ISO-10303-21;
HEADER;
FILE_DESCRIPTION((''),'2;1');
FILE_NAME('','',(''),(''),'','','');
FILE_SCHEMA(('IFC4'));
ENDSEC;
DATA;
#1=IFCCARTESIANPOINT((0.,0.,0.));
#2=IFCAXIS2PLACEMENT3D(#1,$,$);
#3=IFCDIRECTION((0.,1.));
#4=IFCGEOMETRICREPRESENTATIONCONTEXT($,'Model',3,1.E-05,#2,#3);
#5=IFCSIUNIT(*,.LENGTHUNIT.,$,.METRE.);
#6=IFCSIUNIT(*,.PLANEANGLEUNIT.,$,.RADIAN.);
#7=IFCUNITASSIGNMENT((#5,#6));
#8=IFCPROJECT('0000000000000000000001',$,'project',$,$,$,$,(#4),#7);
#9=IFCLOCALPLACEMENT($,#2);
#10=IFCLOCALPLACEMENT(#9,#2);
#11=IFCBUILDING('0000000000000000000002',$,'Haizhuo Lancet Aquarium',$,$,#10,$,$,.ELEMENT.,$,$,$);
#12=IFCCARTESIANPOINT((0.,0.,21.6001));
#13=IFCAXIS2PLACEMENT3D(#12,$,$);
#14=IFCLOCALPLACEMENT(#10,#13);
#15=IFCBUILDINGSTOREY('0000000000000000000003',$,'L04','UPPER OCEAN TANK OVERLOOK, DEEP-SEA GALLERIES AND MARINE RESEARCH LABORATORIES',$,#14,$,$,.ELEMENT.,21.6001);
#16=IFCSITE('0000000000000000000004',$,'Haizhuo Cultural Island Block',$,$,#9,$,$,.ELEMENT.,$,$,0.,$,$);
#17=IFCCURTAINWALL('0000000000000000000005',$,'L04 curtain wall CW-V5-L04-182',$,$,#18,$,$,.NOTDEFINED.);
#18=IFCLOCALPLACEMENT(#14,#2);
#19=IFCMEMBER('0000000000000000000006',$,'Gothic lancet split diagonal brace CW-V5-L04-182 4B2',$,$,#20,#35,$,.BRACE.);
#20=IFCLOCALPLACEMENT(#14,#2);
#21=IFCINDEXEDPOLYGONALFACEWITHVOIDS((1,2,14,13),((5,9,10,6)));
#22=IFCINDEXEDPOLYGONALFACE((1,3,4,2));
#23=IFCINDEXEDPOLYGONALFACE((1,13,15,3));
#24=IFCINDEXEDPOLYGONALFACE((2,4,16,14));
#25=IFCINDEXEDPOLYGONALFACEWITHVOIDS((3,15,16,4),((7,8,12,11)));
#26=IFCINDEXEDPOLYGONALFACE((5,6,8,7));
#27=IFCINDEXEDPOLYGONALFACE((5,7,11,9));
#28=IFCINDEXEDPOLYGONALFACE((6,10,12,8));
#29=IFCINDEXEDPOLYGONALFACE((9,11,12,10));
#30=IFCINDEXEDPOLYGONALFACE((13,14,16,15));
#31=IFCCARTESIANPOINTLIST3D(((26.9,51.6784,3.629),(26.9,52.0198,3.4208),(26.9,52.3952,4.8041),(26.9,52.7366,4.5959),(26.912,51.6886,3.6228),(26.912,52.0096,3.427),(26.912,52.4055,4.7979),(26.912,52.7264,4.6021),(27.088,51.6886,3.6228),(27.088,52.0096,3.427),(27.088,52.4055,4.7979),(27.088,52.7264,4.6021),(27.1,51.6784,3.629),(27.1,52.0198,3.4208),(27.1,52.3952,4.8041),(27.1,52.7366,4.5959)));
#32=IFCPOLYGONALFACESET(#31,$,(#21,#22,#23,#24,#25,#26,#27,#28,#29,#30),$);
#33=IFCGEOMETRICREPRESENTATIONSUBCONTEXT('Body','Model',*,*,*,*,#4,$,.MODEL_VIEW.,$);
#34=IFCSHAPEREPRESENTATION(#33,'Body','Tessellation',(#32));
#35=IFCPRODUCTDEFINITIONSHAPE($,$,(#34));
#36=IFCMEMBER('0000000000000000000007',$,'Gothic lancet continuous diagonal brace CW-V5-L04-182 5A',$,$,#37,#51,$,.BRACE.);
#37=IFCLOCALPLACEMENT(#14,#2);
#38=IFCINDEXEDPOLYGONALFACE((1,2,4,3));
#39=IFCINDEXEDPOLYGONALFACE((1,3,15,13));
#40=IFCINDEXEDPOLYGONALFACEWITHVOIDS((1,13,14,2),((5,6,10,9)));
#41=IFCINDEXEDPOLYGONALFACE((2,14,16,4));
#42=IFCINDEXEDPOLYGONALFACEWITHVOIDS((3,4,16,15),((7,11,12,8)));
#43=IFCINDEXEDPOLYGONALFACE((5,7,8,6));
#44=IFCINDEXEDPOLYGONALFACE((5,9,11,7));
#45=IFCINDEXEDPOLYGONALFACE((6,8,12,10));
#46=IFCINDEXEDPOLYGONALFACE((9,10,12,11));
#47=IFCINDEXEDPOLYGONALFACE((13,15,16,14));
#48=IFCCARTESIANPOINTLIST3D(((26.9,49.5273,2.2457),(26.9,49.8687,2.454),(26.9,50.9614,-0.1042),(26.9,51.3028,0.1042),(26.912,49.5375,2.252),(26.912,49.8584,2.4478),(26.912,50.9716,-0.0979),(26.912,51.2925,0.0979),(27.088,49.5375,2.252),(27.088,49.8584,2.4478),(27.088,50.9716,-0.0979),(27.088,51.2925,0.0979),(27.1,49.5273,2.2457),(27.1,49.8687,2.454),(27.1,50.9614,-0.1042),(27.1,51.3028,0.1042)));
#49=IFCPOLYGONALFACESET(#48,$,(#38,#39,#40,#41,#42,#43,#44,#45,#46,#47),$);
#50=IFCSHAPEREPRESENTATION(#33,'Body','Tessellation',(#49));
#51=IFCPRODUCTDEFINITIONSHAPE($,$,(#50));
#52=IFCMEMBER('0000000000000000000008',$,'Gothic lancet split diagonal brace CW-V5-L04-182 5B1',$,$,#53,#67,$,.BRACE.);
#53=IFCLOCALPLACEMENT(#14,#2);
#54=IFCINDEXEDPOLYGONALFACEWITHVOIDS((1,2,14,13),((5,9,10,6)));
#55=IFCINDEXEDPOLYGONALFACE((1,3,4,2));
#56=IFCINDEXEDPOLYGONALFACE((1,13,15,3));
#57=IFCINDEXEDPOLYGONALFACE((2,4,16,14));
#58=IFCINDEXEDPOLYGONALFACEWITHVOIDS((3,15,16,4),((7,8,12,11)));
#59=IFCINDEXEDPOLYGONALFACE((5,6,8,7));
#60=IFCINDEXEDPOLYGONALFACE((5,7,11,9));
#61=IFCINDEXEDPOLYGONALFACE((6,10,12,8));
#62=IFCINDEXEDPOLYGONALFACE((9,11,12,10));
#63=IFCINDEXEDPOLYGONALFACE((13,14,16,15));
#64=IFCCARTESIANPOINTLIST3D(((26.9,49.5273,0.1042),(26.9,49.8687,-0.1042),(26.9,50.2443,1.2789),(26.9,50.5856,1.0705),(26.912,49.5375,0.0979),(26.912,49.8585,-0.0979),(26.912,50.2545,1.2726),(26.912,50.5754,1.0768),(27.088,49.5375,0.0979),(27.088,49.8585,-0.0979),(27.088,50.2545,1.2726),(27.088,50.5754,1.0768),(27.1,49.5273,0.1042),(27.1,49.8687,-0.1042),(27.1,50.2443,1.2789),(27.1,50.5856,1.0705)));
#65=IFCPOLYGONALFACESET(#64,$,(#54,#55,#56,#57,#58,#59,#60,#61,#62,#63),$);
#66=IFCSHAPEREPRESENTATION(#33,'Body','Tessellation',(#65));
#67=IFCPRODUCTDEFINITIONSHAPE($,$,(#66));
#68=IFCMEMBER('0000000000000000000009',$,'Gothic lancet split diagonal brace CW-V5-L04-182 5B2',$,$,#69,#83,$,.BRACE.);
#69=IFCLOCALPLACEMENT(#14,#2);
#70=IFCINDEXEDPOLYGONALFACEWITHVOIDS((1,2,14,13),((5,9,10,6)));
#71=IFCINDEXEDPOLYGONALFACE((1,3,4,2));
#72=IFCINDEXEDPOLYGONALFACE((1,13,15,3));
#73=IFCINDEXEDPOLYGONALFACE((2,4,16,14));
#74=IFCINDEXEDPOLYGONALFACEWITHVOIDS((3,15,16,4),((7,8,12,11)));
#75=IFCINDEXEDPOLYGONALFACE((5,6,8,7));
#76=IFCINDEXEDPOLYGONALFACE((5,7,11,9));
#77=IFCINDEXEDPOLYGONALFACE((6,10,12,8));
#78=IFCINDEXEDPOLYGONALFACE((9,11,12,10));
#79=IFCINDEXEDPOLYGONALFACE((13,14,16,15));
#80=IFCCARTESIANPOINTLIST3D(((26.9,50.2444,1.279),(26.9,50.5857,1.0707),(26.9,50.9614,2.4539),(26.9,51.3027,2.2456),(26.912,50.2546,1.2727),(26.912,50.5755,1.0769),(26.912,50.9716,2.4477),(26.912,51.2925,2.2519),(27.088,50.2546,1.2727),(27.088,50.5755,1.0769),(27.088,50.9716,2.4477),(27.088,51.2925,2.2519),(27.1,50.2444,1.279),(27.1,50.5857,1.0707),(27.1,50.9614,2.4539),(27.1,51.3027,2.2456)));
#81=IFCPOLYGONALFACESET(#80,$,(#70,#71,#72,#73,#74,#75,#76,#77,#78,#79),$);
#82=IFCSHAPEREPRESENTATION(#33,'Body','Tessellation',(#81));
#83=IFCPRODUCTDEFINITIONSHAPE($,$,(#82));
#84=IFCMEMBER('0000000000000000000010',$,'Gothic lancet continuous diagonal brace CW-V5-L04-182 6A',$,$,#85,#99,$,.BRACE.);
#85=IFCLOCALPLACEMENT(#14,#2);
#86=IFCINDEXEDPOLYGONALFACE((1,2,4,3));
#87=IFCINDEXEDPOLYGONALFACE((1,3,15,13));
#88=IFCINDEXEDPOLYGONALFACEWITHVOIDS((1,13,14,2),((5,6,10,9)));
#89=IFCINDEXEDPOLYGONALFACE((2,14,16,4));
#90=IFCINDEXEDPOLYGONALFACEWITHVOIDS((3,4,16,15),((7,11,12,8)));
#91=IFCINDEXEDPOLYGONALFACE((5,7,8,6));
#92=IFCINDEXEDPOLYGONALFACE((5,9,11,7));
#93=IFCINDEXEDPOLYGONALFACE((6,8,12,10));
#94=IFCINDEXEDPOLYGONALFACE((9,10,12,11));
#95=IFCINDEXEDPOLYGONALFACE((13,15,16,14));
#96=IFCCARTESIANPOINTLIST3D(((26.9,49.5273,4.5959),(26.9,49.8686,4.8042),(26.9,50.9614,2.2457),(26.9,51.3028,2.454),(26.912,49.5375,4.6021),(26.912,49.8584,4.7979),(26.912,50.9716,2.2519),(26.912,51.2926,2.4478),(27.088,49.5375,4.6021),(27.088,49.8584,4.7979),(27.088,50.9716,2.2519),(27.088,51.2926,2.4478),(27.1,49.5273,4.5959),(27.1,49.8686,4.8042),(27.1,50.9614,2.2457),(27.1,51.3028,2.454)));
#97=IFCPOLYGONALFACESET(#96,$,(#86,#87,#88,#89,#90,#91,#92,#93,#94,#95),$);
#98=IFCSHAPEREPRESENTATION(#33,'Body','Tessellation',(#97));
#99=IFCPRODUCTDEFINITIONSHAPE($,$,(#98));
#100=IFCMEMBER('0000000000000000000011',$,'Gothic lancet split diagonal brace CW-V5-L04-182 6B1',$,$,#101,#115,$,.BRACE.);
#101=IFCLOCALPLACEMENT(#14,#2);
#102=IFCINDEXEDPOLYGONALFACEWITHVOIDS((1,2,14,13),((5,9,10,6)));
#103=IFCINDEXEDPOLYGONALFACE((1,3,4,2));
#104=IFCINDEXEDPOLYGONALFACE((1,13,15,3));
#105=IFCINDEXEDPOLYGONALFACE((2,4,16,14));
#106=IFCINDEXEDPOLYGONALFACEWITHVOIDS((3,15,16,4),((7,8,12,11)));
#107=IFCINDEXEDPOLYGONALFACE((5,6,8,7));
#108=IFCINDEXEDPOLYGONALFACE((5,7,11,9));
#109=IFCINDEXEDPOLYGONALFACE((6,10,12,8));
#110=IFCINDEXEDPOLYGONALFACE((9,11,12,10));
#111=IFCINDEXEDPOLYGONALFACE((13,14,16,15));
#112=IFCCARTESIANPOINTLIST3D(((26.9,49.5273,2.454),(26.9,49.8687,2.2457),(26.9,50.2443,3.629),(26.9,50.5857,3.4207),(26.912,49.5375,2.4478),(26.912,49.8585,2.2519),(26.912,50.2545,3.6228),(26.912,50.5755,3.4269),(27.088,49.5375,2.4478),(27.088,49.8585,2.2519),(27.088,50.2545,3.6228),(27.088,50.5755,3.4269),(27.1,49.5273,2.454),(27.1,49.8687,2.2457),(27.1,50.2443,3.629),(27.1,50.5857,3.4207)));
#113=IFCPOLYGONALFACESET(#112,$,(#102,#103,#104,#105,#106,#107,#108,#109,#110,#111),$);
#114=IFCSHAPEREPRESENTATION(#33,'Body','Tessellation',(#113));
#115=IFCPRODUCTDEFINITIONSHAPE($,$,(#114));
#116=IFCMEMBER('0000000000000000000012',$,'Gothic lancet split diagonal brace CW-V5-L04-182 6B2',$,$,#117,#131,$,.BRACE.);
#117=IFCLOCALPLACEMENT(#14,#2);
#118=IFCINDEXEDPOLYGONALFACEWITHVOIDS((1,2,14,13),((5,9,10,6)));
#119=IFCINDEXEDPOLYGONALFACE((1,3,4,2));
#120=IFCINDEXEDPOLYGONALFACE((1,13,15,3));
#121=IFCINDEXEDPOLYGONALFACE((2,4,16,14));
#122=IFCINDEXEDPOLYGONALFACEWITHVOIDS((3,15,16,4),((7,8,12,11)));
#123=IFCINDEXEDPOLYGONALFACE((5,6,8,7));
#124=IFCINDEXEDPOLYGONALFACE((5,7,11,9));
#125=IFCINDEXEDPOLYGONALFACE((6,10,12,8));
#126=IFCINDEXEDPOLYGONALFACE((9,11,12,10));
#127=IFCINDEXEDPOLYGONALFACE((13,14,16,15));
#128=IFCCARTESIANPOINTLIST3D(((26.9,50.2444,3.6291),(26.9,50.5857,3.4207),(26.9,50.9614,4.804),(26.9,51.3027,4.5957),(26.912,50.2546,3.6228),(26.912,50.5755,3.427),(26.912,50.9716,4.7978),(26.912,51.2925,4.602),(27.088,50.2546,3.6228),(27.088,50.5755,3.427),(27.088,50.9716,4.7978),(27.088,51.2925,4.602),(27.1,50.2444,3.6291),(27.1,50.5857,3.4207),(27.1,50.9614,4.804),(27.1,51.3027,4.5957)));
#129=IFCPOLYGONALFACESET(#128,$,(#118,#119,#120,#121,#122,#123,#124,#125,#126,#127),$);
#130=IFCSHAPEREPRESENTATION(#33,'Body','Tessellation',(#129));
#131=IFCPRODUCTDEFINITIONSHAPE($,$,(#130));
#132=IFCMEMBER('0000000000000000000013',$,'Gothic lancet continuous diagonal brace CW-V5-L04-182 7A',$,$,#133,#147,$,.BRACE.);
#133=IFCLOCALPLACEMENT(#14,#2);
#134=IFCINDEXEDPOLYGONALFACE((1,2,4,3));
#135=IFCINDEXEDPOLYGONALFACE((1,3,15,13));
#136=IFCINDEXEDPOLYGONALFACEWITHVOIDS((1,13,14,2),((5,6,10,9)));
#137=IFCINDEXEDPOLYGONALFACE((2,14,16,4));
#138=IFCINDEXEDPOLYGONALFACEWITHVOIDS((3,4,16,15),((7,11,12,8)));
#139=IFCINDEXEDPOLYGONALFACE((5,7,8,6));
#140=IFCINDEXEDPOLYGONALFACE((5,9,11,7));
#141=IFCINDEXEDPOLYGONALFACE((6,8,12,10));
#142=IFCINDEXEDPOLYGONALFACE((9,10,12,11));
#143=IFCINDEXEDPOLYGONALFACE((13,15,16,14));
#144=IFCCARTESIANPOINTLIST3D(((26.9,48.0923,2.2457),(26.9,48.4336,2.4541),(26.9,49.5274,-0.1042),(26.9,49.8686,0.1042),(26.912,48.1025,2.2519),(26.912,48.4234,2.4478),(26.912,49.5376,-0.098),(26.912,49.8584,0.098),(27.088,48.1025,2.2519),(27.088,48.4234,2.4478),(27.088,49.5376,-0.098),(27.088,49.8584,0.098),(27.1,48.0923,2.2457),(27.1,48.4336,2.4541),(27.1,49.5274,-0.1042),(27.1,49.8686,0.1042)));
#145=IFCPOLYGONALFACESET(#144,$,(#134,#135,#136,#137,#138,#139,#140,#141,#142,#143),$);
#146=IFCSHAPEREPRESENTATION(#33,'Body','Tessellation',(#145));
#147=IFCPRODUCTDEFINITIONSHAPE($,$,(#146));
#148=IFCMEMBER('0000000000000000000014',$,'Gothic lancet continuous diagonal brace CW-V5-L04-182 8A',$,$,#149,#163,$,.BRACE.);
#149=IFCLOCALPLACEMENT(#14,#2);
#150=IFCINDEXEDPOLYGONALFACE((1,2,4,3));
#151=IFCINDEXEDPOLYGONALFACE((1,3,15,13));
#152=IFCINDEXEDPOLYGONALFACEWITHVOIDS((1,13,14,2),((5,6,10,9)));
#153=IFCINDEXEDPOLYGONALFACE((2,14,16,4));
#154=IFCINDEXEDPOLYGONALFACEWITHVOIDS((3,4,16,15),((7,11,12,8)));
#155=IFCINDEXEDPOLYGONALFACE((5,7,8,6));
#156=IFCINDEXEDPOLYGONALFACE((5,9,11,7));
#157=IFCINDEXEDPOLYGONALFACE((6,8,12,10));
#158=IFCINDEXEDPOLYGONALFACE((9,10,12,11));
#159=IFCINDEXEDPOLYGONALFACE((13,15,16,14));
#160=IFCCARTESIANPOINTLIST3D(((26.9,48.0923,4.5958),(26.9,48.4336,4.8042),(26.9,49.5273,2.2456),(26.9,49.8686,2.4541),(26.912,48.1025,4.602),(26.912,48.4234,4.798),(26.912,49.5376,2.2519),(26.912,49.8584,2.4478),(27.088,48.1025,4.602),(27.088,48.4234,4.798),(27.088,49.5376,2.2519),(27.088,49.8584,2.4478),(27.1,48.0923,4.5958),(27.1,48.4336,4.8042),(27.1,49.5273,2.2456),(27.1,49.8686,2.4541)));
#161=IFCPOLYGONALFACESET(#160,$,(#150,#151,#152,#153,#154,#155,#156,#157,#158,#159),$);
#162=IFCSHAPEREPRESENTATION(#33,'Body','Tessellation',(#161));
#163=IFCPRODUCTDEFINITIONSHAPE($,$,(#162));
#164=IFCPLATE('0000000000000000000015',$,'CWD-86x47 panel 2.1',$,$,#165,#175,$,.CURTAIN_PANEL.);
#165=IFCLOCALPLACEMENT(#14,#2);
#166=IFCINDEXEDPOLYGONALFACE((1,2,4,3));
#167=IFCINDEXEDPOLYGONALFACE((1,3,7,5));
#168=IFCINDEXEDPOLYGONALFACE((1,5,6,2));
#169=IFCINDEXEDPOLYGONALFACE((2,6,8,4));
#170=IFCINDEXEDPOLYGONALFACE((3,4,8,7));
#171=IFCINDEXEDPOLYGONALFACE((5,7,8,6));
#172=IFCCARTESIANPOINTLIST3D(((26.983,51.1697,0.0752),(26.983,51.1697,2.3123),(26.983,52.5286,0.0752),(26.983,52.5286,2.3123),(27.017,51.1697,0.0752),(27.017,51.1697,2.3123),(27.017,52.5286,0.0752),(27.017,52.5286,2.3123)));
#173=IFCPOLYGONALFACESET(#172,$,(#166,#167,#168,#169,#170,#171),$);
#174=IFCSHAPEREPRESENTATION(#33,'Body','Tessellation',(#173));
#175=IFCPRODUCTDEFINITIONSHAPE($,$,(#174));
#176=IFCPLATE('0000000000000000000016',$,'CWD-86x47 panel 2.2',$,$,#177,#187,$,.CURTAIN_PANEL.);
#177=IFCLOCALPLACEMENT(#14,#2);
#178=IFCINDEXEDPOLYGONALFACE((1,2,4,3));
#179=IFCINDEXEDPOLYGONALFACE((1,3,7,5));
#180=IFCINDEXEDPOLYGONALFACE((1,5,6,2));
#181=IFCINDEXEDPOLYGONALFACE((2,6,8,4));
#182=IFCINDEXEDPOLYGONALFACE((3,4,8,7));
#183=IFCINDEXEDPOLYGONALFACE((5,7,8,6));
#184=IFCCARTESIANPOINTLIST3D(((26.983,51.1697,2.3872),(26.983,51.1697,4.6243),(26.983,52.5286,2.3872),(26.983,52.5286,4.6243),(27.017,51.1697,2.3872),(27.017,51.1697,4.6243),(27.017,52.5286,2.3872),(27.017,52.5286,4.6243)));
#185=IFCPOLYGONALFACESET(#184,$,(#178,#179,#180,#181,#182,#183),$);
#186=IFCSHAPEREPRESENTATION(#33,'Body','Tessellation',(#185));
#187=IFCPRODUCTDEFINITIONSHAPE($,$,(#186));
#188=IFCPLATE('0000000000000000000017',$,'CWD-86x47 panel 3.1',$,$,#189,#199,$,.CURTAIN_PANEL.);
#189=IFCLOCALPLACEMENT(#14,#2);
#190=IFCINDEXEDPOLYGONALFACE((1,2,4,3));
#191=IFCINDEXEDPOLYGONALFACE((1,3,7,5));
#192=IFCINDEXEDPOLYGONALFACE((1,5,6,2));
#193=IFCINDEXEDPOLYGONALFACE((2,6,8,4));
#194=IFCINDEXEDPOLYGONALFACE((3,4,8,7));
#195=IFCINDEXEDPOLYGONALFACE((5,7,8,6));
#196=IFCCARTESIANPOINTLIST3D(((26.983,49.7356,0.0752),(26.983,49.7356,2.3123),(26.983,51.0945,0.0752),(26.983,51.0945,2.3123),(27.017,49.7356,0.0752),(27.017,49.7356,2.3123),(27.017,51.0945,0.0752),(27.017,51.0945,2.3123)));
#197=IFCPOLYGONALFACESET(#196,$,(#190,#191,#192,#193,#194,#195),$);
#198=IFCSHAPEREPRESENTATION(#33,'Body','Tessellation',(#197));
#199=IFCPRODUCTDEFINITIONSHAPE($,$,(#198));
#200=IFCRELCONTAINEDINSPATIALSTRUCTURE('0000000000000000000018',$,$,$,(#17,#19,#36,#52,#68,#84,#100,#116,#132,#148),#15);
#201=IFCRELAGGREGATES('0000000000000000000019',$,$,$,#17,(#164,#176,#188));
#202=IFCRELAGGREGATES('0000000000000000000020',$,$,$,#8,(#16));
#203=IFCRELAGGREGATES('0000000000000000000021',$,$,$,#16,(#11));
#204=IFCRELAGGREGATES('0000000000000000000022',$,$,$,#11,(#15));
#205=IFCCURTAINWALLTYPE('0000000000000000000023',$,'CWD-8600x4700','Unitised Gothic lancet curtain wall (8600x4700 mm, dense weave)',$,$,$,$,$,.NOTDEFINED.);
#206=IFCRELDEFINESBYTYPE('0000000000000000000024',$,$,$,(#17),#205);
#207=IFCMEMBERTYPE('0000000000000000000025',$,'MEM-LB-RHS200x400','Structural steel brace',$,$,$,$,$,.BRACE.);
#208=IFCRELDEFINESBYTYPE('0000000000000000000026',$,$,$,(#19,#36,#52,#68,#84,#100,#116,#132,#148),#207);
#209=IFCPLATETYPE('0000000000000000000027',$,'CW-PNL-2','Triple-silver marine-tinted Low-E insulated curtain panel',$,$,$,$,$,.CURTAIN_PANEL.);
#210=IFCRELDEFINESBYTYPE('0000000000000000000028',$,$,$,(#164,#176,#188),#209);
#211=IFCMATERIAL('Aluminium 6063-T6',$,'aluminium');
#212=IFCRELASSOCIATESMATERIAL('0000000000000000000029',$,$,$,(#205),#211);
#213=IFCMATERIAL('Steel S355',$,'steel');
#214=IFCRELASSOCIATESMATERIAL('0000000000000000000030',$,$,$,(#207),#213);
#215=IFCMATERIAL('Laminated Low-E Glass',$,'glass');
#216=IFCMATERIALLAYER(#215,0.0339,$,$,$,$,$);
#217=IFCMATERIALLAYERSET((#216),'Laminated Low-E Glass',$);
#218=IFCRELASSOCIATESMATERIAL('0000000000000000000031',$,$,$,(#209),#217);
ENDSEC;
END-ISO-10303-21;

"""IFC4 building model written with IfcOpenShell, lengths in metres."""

from ifc_helpers import new_model, si_unit, direction, frame, origin, origin_2d, place, context, subcontext, project, spatial, rectangle, hollow_rectangle, extrude, material, layer, layer_set, material_profile, profile_set, type_object, element, aggregate, save


model = new_model("IFC4")

# Units and contexts
model_context = context("Model", 3, precision=1e-05, world=origin(), true_north=direction((0.0, 1.0)))
body_context = subcontext(model_context, "Body", "Model", "MODEL_VIEW")
ifc_project = project(units=[si_unit("LENGTHUNIT", "METRE"), si_unit("PLANEANGLEUNIT", "RADIAN")], contexts=[model_context])

# Site, building, storey
site_placement = place(None, origin())
site = spatial("IfcSite", under=ifc_project, at=site_placement, Name="Haizhuo Cultural Island Block", CompositionType="ELEMENT", RefElevation=0.0)
building_placement = place(site_placement, origin())
building = spatial("IfcBuilding", under=site, at=building_placement, Name="Haizhuo Lancet Aquarium", CompositionType="ELEMENT")
storey_placement = place(building_placement, frame((0.0, 0.0, 21.6001)))
storey = spatial("IfcBuildingStorey", under=building, at=storey_placement, Name="L04", Description="UPPER OCEAN TANK OVERLOOK, DEEP-SEA GALLERIES AND MARINE RESEARCH LABORATORIES", CompositionType="ELEMENT", Elevation=21.6001)

# Curtain wall
ifc_material_1 = material(Name="Aluminium 6063-T6", Category="aluminium")
curtain_wall_type = type_object("IfcCurtainWallType", Name="CWD-8600x4700", Description="Unitised Gothic lancet curtain wall (8600x4700 mm, dense weave)", PredefinedType="NOTDEFINED", material=ifc_material_1)
curtain_wall_placement = place(storey_placement, origin())
curtain_wall = element("IfcCurtainWall", 1, at=curtain_wall_placement, inside=storey, type_object=curtain_wall_type, Name="L04 curtain wall CW-V5-L04-182", PredefinedType="NOTDEFINED")

# Members
ifc_material_2 = material(Name="Steel S355", Category="steel")
ifc_material_profile_1 = material_profile(ifc_material_2, hollow_rectangle(XDim=0.2, YDim=0.3999, WallThickness=0.012, at=origin_2d()), Name="RHS 200x400x12")
ifc_profile_set_1 = profile_set([ifc_material_profile_1], Name="Steel S355")
member_type_1 = type_object("IfcMemberType", Name="MEM-LB-RHS200x400", Description="Structural steel brace", PredefinedType="BRACE", material=ifc_profile_set_1)
for number, where, z_axis, x_axis, name in (
    (2, (27.0, 51.8491, 3.5249), (0.0, 0.520768, 0.853698), (-1.0, 0.0, 0.0), "Gothic lancet split diagonal brace CW-V5-L04-182 4B2"),
):
    element("IfcMember", number, at=place(storey_placement, frame(where, z_axis=z_axis, x_axis=x_axis)), inside=storey, type_object=member_type_1, Name=name, PredefinedType="BRACE", context=body_context, shape_type="SweptSolid", body=[
        extrude(hollow_rectangle(XDim=0.2, YDim=0.3999, WallThickness=0.012, at=origin_2d()), origin(), (0.0, 0.0, 1.0), 1.3765),
    ])
member_1_placement = place(storey_placement, frame((27.0, 51.1321, 0.0), z_axis=(0.0, -0.520937, 0.853595), x_axis=(1.0, 0.0, 0.0)))
element("IfcMember", 3, at=member_1_placement, inside=storey, type_object=member_type_1, Name="Gothic lancet continuous diagonal brace CW-V5-L04-182 5A", PredefinedType="BRACE", context=body_context, shape_type="SweptSolid", body=[
    extrude(hollow_rectangle(XDim=0.2, YDim=0.3999, WallThickness=0.012, at=origin_2d()), origin(), (0.0, 0.0, 1.0), 2.7529),
])
member_2_placement = place(storey_placement, frame((27.0, 49.698, 0.0), z_axis=(0.0, 0.520976, 0.853571), x_axis=(-1.0, 0.0, 0.0)))
element("IfcMember", 4, at=member_2_placement, inside=storey, type_object=member_type_1, Name="Gothic lancet split diagonal brace CW-V5-L04-182 5B1", PredefinedType="BRACE", context=body_context, shape_type="SweptSolid", body=[
    extrude(hollow_rectangle(XDim=0.2, YDim=0.3999, WallThickness=0.012, at=origin_2d()), origin(), (0.0, 0.0, 1.0), 1.3762),
])
member_3_placement = place(storey_placement, frame((27.0, 50.415, 1.1748), z_axis=(0.0, 0.520898, 0.853619), x_axis=(-1.0, 0.0, 0.0)))
element("IfcMember", 5, at=member_3_placement, inside=storey, type_object=member_type_1, Name="Gothic lancet split diagonal brace CW-V5-L04-182 5B2", PredefinedType="BRACE", context=body_context, shape_type="SweptSolid", body=[
    extrude(hollow_rectangle(XDim=0.2, YDim=0.3999, WallThickness=0.012, at=origin_2d()), origin(), (0.0, 0.0, 1.0), 1.3765),
])
member_4_placement = place(storey_placement, frame((27.0, 51.1321, 2.3499), z_axis=(0.0, -0.520898, 0.853619), x_axis=(1.0, 0.0, 0.0)))
element("IfcMember", 6, at=member_4_placement, inside=storey, type_object=member_type_1, Name="Gothic lancet continuous diagonal brace CW-V5-L04-182 6A", PredefinedType="BRACE", context=body_context, shape_type="SweptSolid", body=[
    extrude(hollow_rectangle(XDim=0.2, YDim=0.3999, WallThickness=0.012, at=origin_2d()), origin(), (0.0, 0.0, 1.0), 2.7532),
])
for number, where, z_axis, x_axis, name in (
    (7, (27.0, 49.698, 2.3499), (0.0, 0.520898, 0.853619), (-1.0, 0.0, 0.0), "Gothic lancet split diagonal brace CW-V5-L04-182 6B1"),
    (8, (27.0, 50.415, 3.5249), (0.0, 0.520898, 0.853619), (-1.0, 0.0, 0.0), "Gothic lancet split diagonal brace CW-V5-L04-182 6B2"),
):
    element("IfcMember", number, at=place(storey_placement, frame(where, z_axis=z_axis, x_axis=x_axis)), inside=storey, type_object=member_type_1, Name=name, PredefinedType="BRACE", context=body_context, shape_type="SweptSolid", body=[
        extrude(hollow_rectangle(XDim=0.2, YDim=0.3999, WallThickness=0.012, at=origin_2d()), origin(), (0.0, 0.0, 1.0), 1.3765),
    ])
member_5_placement = place(storey_placement, frame((27.0, 49.698, 0.0), z_axis=(0.0, -0.521195, 0.853437), x_axis=(1.0, 0.0, 0.0)))
element("IfcMember", 9, at=member_5_placement, inside=storey, type_object=member_type_1, Name="Gothic lancet continuous diagonal brace CW-V5-L04-182 7A", PredefinedType="BRACE", context=body_context, shape_type="SweptSolid", body=[
    extrude(hollow_rectangle(XDim=0.2, YDim=0.3999, WallThickness=0.012, at=origin_2d()), origin(), (0.0, 0.0, 1.0), 2.7534),
])
member_6_placement = place(storey_placement, frame((27.0, 49.698, 2.3499), z_axis=(0.0, -0.521156, 0.853461), x_axis=(1.0, 0.0, 0.0)))
element("IfcMember", 10, at=member_6_placement, inside=storey, type_object=member_type_1, Name="Gothic lancet continuous diagonal brace CW-V5-L04-182 8A", PredefinedType="BRACE", context=body_context, shape_type="SweptSolid", body=[
    extrude(hollow_rectangle(XDim=0.2, YDim=0.3999, WallThickness=0.012, at=origin_2d()), origin(), (0.0, 0.0, 1.0), 2.7537),
])

# Plates
ifc_material_3 = material(Name="Laminated Low-E Glass", Category="glass")
ifc_layer_1 = layer(ifc_material_3, 0.0339)
ifc_layer_set_1 = layer_set([ifc_layer_1], Name="Laminated Low-E Glass")
plate_type = type_object("IfcPlateType", Name="CW-PNL-2", Description="Triple-silver marine-tinted Low-E insulated curtain panel", PredefinedType="CURTAIN_PANEL", material=ifc_layer_set_1)
plate_1_placement = place(storey_placement, frame((27.0, 51.8491, 0.0752), z_axis=(0.0, 0.0, 1.0), x_axis=(0.0, -1.0, 0.0)))
plate_1 = element("IfcPlate", 11, at=plate_1_placement, type_object=plate_type, Name="CWD-86x47 panel 2.1", PredefinedType="CURTAIN_PANEL", context=body_context, shape_type="SweptSolid", body=[
    extrude(rectangle(XDim=1.3589, YDim=0.0339, at=origin_2d()), origin(), (0.0, 0.0, 1.0), 2.2371),
])
plate_2_placement = place(storey_placement, frame((27.0, 51.8491, 2.3872), z_axis=(0.0, 0.0, 1.0), x_axis=(0.0, -1.0, 0.0)))
plate_2 = element("IfcPlate", 12, at=plate_2_placement, type_object=plate_type, Name="CWD-86x47 panel 2.2", PredefinedType="CURTAIN_PANEL", context=body_context, shape_type="SweptSolid", body=[
    extrude(rectangle(XDim=1.3589, YDim=0.0339, at=origin_2d()), origin(), (0.0, 0.0, 1.0), 2.2371),
])
plate_3_placement = place(storey_placement, frame((27.0, 50.415, 0.0752), z_axis=(0.0, 0.0, 1.0), x_axis=(0.0, -1.0, 0.0)))
plate_3 = element("IfcPlate", 13, at=plate_3_placement, type_object=plate_type, Name="CWD-86x47 panel 3.1", PredefinedType="CURTAIN_PANEL", context=body_context, shape_type="SweptSolid", body=[
    extrude(rectangle(XDim=1.3589, YDim=0.0339, at=origin_2d()), origin(), (0.0, 0.0, 1.0), 2.2371),
])
aggregate(curtain_wall, [plate_1, plate_2, plate_3])

save(model, "model.ifc")
